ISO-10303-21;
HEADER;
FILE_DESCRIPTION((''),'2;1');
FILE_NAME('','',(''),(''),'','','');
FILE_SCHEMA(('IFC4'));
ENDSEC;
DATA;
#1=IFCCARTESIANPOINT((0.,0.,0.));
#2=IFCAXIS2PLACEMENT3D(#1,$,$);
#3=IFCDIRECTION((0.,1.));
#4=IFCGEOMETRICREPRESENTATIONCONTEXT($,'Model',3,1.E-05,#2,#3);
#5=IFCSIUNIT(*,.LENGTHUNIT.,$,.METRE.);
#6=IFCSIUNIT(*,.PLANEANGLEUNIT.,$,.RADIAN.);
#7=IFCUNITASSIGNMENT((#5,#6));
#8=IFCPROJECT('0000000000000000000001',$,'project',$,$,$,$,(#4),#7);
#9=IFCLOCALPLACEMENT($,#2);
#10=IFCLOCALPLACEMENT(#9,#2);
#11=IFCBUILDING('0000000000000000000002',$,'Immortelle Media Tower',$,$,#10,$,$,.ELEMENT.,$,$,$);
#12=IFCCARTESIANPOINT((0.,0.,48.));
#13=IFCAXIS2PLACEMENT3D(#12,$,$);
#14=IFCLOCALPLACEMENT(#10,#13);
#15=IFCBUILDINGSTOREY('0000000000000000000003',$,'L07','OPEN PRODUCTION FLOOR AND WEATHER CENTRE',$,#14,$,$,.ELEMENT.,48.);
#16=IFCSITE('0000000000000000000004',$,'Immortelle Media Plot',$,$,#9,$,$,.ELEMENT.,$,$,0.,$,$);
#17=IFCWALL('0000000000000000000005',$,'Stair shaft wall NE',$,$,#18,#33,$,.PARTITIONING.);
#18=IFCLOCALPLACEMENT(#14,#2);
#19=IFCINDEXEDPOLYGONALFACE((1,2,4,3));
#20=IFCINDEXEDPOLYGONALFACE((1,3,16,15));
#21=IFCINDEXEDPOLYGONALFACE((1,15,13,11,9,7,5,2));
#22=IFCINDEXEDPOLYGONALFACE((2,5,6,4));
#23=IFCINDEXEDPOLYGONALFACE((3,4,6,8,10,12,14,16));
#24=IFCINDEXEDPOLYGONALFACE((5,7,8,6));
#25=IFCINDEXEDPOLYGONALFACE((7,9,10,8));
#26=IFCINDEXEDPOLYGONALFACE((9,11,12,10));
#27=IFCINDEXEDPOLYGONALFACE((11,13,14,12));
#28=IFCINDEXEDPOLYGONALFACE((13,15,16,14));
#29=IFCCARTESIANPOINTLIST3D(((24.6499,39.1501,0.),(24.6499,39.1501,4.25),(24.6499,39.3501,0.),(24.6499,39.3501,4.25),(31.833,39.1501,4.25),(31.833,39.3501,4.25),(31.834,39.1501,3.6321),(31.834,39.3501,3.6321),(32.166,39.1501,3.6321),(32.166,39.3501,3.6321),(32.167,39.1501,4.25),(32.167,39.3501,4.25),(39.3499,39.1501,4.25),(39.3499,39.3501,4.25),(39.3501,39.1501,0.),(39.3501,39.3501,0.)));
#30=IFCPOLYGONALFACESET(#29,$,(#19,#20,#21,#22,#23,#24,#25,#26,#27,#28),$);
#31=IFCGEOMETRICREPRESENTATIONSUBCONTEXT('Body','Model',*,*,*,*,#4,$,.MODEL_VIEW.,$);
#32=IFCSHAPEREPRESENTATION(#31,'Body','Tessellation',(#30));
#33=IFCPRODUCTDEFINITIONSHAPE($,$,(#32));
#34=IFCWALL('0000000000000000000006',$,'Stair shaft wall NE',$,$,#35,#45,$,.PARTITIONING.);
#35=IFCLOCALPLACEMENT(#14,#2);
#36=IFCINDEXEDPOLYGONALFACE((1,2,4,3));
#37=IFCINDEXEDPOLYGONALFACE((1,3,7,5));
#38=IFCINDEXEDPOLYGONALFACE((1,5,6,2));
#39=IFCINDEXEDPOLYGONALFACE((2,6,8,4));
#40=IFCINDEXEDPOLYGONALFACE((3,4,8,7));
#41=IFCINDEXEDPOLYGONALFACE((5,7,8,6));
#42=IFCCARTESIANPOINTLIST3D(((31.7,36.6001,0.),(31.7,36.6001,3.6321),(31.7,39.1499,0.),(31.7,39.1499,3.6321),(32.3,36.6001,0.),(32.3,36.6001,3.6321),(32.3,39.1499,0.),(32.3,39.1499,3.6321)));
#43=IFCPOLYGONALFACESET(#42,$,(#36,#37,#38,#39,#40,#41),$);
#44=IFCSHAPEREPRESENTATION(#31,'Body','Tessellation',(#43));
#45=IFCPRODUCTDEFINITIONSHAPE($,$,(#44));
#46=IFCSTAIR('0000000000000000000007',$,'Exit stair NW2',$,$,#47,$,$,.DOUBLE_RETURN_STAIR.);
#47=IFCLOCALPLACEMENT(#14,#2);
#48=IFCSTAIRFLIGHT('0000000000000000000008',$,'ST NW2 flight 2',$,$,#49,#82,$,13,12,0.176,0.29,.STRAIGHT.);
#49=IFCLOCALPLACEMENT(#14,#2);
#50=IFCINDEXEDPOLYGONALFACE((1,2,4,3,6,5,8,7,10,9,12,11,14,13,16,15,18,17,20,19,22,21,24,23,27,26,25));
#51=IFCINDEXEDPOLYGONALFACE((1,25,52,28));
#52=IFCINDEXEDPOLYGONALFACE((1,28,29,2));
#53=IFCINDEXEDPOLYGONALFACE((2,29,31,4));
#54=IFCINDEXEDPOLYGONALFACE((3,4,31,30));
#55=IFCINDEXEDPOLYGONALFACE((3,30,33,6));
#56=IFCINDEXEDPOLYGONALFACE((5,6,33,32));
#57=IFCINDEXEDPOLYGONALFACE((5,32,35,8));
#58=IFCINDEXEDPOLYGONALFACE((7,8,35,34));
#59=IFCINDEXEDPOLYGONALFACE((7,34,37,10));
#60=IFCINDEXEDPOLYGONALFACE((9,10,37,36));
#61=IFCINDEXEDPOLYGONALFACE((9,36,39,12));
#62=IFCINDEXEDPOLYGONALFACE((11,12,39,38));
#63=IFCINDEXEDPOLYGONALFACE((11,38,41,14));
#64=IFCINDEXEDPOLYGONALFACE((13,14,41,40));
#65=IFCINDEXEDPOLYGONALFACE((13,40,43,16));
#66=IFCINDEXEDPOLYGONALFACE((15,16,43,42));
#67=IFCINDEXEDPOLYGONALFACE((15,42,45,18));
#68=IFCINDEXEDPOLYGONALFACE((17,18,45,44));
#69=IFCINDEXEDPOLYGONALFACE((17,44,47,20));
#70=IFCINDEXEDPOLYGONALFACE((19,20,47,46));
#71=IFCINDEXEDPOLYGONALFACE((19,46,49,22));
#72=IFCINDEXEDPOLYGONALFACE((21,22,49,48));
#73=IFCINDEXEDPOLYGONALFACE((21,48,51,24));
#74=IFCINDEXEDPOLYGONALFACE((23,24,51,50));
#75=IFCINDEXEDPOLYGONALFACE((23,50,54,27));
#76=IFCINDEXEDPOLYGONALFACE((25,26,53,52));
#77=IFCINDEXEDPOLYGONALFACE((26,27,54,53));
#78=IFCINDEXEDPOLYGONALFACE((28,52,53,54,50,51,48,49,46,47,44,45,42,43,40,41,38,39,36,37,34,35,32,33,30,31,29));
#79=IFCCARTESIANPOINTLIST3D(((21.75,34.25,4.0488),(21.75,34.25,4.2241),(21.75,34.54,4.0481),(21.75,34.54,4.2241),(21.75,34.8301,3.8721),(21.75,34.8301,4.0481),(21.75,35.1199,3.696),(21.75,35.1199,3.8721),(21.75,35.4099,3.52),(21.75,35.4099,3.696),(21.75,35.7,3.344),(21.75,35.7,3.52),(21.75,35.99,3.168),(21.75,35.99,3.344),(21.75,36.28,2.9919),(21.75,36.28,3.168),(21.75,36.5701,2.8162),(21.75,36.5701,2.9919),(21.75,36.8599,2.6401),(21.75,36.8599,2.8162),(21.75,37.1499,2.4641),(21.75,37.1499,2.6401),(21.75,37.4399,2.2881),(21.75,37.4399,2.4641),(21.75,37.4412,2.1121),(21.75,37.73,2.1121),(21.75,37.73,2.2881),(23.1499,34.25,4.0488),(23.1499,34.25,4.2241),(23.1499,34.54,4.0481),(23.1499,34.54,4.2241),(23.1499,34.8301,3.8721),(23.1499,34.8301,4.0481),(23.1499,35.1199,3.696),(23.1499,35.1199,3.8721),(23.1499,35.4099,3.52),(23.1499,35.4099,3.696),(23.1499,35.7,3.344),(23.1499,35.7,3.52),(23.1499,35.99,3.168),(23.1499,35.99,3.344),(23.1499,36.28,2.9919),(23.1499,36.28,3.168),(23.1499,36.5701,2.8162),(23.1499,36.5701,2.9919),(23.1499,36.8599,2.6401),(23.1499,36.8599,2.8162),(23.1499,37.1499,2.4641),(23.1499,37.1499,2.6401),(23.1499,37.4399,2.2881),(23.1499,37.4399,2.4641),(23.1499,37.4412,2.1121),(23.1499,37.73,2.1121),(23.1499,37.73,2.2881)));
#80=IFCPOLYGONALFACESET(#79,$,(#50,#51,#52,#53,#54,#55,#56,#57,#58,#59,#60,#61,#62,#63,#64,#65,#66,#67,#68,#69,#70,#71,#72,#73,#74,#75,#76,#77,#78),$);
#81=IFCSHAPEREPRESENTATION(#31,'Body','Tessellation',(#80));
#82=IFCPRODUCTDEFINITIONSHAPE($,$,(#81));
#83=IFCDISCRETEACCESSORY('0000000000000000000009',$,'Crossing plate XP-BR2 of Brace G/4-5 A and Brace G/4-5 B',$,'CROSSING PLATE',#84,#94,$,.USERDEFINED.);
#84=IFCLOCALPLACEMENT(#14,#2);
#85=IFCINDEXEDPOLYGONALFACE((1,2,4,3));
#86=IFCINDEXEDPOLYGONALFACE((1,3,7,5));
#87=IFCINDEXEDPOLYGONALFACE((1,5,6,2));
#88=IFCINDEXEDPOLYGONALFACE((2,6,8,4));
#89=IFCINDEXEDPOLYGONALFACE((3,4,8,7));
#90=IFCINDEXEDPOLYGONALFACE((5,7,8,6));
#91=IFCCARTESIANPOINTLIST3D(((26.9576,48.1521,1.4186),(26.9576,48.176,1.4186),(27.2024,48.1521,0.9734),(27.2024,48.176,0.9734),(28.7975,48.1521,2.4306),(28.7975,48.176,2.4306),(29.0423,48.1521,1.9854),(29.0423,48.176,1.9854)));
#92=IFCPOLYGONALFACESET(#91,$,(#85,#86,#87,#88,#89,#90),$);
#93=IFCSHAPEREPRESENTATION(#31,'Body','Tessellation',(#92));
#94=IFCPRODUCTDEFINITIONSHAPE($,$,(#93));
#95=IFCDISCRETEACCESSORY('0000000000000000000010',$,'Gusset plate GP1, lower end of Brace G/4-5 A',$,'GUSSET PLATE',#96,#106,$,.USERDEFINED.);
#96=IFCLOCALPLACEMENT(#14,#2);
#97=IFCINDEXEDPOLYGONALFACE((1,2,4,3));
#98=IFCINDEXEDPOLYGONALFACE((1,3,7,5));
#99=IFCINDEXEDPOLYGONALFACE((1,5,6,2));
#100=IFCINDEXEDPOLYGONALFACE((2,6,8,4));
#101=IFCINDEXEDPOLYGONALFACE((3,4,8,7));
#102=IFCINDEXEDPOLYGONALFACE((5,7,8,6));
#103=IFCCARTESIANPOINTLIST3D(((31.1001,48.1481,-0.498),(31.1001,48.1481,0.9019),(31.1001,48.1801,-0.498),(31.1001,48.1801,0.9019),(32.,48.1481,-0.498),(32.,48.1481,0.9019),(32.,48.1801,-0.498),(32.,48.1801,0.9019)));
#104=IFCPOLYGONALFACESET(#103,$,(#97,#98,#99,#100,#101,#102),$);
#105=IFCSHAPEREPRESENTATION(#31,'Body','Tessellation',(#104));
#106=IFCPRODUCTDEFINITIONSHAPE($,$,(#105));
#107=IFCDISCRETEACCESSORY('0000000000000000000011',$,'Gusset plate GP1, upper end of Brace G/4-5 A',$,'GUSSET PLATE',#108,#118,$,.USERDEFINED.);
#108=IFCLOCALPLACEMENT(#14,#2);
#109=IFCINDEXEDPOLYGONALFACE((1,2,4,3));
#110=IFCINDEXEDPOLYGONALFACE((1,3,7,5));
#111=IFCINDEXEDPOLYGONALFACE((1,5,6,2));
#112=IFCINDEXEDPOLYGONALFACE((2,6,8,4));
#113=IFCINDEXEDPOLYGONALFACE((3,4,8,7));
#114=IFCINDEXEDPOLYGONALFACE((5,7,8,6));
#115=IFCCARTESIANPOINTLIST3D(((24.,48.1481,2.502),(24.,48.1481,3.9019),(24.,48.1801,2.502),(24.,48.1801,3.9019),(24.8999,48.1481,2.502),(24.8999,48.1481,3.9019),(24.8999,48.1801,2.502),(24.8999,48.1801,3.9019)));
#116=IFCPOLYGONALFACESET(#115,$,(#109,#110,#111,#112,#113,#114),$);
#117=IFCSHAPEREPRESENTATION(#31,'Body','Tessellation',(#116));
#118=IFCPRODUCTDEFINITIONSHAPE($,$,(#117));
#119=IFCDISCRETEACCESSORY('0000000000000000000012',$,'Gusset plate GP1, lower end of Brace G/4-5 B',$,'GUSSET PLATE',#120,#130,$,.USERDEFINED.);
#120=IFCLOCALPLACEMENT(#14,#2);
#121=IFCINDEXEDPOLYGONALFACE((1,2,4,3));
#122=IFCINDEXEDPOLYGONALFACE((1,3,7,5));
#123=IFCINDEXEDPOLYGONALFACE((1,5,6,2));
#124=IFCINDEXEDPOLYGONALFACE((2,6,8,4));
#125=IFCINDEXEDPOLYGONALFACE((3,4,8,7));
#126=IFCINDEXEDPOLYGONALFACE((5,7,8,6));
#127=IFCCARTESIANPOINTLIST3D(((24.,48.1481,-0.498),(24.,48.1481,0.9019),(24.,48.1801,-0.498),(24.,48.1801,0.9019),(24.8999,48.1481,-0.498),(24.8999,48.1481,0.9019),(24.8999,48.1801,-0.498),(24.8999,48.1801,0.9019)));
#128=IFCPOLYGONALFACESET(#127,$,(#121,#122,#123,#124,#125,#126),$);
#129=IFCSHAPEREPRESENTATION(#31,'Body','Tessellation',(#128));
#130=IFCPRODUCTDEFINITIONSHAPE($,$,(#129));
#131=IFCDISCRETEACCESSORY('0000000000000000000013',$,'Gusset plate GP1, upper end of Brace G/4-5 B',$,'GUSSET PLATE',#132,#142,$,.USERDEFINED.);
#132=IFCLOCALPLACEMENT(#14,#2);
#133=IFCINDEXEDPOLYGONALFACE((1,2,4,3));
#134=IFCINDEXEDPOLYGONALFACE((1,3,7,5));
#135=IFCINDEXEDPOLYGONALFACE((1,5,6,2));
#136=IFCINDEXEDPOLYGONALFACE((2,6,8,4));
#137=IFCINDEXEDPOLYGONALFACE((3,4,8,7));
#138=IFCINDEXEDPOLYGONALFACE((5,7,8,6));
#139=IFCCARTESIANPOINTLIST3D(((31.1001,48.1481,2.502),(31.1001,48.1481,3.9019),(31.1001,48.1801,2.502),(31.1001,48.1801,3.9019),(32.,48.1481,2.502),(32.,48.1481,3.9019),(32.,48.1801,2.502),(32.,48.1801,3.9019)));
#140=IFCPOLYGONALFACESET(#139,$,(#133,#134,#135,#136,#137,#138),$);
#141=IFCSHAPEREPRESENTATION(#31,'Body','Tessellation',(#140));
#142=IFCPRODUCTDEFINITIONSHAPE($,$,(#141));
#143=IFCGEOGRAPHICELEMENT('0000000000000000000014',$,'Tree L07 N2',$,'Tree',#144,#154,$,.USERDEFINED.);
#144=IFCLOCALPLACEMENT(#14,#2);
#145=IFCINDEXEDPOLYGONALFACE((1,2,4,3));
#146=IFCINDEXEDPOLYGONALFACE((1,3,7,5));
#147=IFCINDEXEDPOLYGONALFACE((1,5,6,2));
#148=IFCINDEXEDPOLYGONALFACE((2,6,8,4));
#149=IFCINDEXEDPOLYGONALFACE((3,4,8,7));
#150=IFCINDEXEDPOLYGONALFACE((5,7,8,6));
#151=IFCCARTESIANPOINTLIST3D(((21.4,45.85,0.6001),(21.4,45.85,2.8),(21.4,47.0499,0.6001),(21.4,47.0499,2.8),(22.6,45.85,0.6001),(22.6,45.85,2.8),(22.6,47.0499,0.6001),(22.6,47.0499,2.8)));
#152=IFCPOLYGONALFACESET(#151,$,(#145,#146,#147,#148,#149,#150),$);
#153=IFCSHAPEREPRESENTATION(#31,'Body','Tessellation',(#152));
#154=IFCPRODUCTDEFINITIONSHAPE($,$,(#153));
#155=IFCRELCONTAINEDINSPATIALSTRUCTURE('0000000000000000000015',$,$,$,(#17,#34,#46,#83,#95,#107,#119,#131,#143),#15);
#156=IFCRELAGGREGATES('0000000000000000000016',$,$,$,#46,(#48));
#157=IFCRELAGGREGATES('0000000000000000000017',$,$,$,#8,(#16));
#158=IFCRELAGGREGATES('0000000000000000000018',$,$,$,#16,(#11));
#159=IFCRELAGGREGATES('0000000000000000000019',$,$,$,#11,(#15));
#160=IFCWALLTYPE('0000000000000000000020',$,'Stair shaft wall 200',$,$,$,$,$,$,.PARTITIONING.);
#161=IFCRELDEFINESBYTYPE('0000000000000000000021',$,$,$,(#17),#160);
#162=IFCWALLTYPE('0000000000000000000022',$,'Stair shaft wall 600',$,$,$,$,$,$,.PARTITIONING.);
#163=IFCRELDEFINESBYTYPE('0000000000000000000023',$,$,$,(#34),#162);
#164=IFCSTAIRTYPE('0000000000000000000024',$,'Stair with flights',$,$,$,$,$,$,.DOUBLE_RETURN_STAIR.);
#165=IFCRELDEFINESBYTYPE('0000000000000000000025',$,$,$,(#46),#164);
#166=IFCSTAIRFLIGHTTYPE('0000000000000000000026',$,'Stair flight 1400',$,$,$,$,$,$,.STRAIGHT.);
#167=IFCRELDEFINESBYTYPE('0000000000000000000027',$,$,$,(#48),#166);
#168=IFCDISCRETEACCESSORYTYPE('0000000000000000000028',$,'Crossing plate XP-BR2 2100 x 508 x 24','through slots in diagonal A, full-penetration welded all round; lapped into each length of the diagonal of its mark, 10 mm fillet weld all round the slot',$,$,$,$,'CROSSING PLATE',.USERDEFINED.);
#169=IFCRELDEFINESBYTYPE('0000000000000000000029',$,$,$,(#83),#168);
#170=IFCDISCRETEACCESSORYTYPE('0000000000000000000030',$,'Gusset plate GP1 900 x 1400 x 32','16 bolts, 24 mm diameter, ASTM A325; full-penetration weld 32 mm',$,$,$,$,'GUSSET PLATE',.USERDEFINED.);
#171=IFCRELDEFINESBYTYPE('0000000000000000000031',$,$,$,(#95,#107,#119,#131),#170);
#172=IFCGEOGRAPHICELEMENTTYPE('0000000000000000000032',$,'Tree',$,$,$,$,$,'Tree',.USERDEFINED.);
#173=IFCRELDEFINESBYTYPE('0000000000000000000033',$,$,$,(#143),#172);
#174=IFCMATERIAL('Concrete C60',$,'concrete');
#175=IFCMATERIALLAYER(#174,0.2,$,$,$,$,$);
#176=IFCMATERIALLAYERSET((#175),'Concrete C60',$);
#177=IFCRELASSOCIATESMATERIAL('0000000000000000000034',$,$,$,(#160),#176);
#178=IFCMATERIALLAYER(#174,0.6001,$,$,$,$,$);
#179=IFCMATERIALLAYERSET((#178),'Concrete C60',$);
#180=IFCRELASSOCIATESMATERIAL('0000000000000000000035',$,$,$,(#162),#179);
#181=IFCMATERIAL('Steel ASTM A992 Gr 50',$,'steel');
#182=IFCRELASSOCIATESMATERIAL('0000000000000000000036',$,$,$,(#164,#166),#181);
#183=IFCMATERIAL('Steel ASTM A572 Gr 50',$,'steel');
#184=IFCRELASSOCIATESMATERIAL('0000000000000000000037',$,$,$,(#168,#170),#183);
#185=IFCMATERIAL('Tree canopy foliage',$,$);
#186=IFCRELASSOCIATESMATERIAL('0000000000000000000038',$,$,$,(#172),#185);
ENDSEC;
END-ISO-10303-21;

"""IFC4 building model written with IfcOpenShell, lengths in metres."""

from ifc_helpers import new_model, si_unit, direction, frame, frame_2d, origin, origin_2d, place, context, subcontext, project, spatial, polyline, rectangle, outline, extrude, material, layer, layer_set, material_profile, profile_set, type_object, element, aggregate, save


model = new_model("IFC4")

# Units and contexts
model_context = context("Model", 3, precision=1e-05, world=origin(), true_north=direction((0.0, 1.0)))
body_context = subcontext(model_context, "Body", "Model", "MODEL_VIEW")
ifc_project = project(units=[si_unit("LENGTHUNIT", "METRE"), si_unit("PLANEANGLEUNIT", "RADIAN")], contexts=[model_context])

# Site, building, storey
site_placement = place(None, origin())
site = spatial("IfcSite", under=ifc_project, at=site_placement, Name="Immortelle Media Plot", CompositionType="ELEMENT", RefElevation=0.0)
building_placement = place(site_placement, origin())
building = spatial("IfcBuilding", under=site, at=building_placement, Name="Immortelle Media Tower", CompositionType="ELEMENT")
storey_placement = place(building_placement, frame((0.0, 0.0, 48.0)))
storey = spatial("IfcBuildingStorey", under=building, at=storey_placement, Name="L07", Description="OPEN PRODUCTION FLOOR AND WEATHER CENTRE", CompositionType="ELEMENT", Elevation=48.0)

# Shared definitions
ifc_material_1 = material(Name="Steel ASTM A992 Gr 50", Category="steel")

# Walls
ifc_material_2 = material(Name="Concrete C60", Category="concrete")
ifc_layer_1 = layer(ifc_material_2, 0.2)
ifc_layer_set_1 = layer_set([ifc_layer_1], Name="Concrete C60")
wall_type_1 = type_object("IfcWallType", Name="Stair shaft wall 200", PredefinedType="PARTITIONING", material=ifc_layer_set_1)
wall_1_placement = place(storey_placement, frame((24.6499, 39.25, 0.0), z_axis=(0.0, 0.0, 1.0), x_axis=(1.0, 0.0, 0.0)))
element("IfcWall", 1, at=wall_1_placement, inside=storey, type_object=wall_type_1, Name="Stair shaft wall NE", PredefinedType="PARTITIONING", context=body_context, shape_type="SweptSolid", body=[
    extrude(outline(polyline([(0.0, 0.0), (14.7002, 0.0), (14.7, 4.25), (7.5171, 4.25), (7.5161, 3.6321), (7.1841, 3.6321), (7.1831, 4.25), (0.0, 4.25), (0.0, 0.0)])), frame((0.0, 0.1001, 0.0), z_axis=(0.0, -1.0, 0.0), x_axis=(1.0, 0.0, 0.0)), (0.0, 0.0, 1.0), 0.2),
])
ifc_layer_2 = layer(ifc_material_2, 0.6001)
ifc_layer_set_2 = layer_set([ifc_layer_2], Name="Concrete C60")
wall_type_2 = type_object("IfcWallType", Name="Stair shaft wall 600", PredefinedType="PARTITIONING", material=ifc_layer_set_2)
wall_2_placement = place(storey_placement, frame((32.0, 36.6001, 0.0), z_axis=(0.0, 0.0, 1.0), x_axis=(0.0, 1.0, 0.0)))
element("IfcWall", 2, at=wall_2_placement, inside=storey, type_object=wall_type_2, Name="Stair shaft wall NE", PredefinedType="PARTITIONING", context=body_context, shape_type="SweptSolid", body=[
    extrude(rectangle(XDim=2.5498, YDim=0.6001, at=frame_2d((1.2749, 0.0))), origin(), (0.0, 0.0, 1.0), 3.6321),
])

# Stair, stair flight
stair_type = type_object("IfcStairType", Name="Stair with flights", PredefinedType="DOUBLE_RETURN_STAIR", material=ifc_material_1)
stair_placement = place(storey_placement, origin())
stair = element("IfcStair", 3, at=stair_placement, inside=storey, type_object=stair_type, Name="Exit stair NW2", PredefinedType="DOUBLE_RETURN_STAIR")
stair_flight_type = type_object("IfcStairFlightType", Name="Stair flight 1400", PredefinedType="STRAIGHT", material=ifc_material_1)
stair_flight_placement = place(storey_placement, frame((22.45, 37.73, 2.1121), z_axis=(0.0, 0.0, 1.0), x_axis=(0.0, -1.0, 0.0)))
stair_flight = element("IfcStairFlight", 4, at=stair_flight_placement, type_object=stair_flight_type, Name="ST NW2 flight 2", NumberOfRisers=13, NumberOfTreads=12, PredefinedType="STRAIGHT", RiserHeight=0.176, TreadLength=0.29, context=body_context, shape_type="SweptSolid", body=[
    extrude(outline(polyline([(0.0, 0.0), (0.0, 0.176), (0.29, 0.176), (0.29, 0.3521), (0.5801, 0.3521), (0.5801, 0.5281), (0.8701, 0.5281), (0.8701, 0.7041), (1.1599, 0.7041), (1.1599, 0.8799), (1.45, 0.8799), (1.45, 1.0559), (1.74, 1.0559), (1.74, 1.2319), (2.03, 1.2319), (2.03, 1.408), (2.3201, 1.408), (2.3201, 1.584), (2.6101, 1.584), (2.6101, 1.76), (2.8999, 1.76), (2.8999, 1.936), (3.1899, 1.936), (3.1899, 2.1121), (3.48, 2.1121), (3.48, 2.2881), (3.48, 1.9368), (0.2888, 0.0), (0.0, 0.0)])), frame((0.0, 0.7, 0.0), z_axis=(0.0, -1.0, 0.0), x_axis=(1.0, 0.0, 0.0)), (0.0, 0.0, 1.0), 1.3999),
])
aggregate(stair, [stair_flight])

# Discrete accessories
ifc_material_3 = material(Name="Steel ASTM A572 Gr 50", Category="steel")
ifc_material_profile_1 = material_profile(ifc_material_3, rectangle(XDim=0.0239, YDim=0.5081, at=origin_2d()), Name="PL 24 x 508")
ifc_profile_set_1 = profile_set([ifc_material_profile_1], Name="Steel ASTM A572 Gr 50")
discrete_accessory_type_1 = type_object("IfcDiscreteAccessoryType", Name="Crossing plate XP-BR2 2100 x 508 x 24", Description="through slots in diagonal A, full-penetration welded all round; lapped into each length of the diagonal of its mark, 10 mm fillet weld all round the slot", ElementType="CROSSING PLATE", PredefinedType="USERDEFINED", material=ifc_profile_set_1)
discrete_accessory_placement = place(storey_placement, frame((28.9199, 48.1641, 2.208), z_axis=(-0.876206, 0.0, -0.481937), x_axis=(0.0, -1.0, 0.0)))
element("IfcDiscreteAccessory", 5, at=discrete_accessory_placement, inside=storey, type_object=discrete_accessory_type_1, Name="Crossing plate XP-BR2 of Brace G/4-5 A and Brace G/4-5 B", ObjectType="CROSSING PLATE", PredefinedType="USERDEFINED", context=body_context, shape_type="SweptSolid", body=[
    extrude(rectangle(XDim=0.0239, YDim=0.5081, at=origin_2d()), origin(), (0.0, 0.0, 1.0), 2.0999),
])
ifc_material_profile_2 = material_profile(ifc_material_3, rectangle(XDim=0.032, YDim=1.3999, at=origin_2d()), Name="PL 32 x 1400")
ifc_profile_set_2 = profile_set([ifc_material_profile_2], Name="Steel ASTM A572 Gr 50")
discrete_accessory_type_2 = type_object("IfcDiscreteAccessoryType", Name="Gusset plate GP1 900 x 1400 x 32", Description="16 bolts, 24 mm diameter, ASTM A325; full-penetration weld 32 mm", ElementType="GUSSET PLATE", PredefinedType="USERDEFINED", material=ifc_profile_set_2)
for number, where, z_axis, x_axis, name in (
    (6, (32.0, 48.1641, 0.2019), (-1.0, 0.0, 0.0), (0.0, -1.0, 0.0), "Gusset plate GP1, lower end of Brace G/4-5 A"),
    (7, (24.0, 48.1641, 3.2019), (1.0, 0.0, 0.0), (0.0, 1.0, 0.0), "Gusset plate GP1, upper end of Brace G/4-5 A"),
    (8, (24.0, 48.1641, 0.2019), (1.0, 0.0, 0.0), (0.0, 1.0, 0.0), "Gusset plate GP1, lower end of Brace G/4-5 B"),
    (9, (32.0, 48.1641, 3.2019), (-1.0, 0.0, 0.0), (0.0, -1.0, 0.0), "Gusset plate GP1, upper end of Brace G/4-5 B"),
):
    element("IfcDiscreteAccessory", number, at=place(storey_placement, frame(where, z_axis=z_axis, x_axis=x_axis)), inside=storey, type_object=discrete_accessory_type_2, Name=name, ObjectType="GUSSET PLATE", PredefinedType="USERDEFINED", context=body_context, shape_type="SweptSolid", body=[
        extrude(rectangle(XDim=0.032, YDim=1.3999, at=origin_2d()), origin(), (0.0, 0.0, 1.0), 0.8999),
    ])

# Geographic element
ifc_material_4 = material(Name="Tree canopy foliage")
geographic_element_type = type_object("IfcGeographicElementType", Name="Tree", ElementType="Tree", PredefinedType="USERDEFINED", material=ifc_material_4)
geographic_element_placement = place(storey_placement, frame((22.0, 46.45, 0.6001), z_axis=(0.0, 0.0, 1.0), x_axis=(1.0, 0.0, 0.0)))
element("IfcGeographicElement", 10, at=geographic_element_placement, inside=storey, type_object=geographic_element_type, Name="Tree L07 N2", ObjectType="Tree", PredefinedType="USERDEFINED", context=body_context, shape_type="SweptSolid", body=[
    extrude(rectangle(XDim=1.2, YDim=1.2, at=origin_2d()), origin(), (0.0, 0.0, 1.0), 2.2),
])

save(model, "model.ifc")
